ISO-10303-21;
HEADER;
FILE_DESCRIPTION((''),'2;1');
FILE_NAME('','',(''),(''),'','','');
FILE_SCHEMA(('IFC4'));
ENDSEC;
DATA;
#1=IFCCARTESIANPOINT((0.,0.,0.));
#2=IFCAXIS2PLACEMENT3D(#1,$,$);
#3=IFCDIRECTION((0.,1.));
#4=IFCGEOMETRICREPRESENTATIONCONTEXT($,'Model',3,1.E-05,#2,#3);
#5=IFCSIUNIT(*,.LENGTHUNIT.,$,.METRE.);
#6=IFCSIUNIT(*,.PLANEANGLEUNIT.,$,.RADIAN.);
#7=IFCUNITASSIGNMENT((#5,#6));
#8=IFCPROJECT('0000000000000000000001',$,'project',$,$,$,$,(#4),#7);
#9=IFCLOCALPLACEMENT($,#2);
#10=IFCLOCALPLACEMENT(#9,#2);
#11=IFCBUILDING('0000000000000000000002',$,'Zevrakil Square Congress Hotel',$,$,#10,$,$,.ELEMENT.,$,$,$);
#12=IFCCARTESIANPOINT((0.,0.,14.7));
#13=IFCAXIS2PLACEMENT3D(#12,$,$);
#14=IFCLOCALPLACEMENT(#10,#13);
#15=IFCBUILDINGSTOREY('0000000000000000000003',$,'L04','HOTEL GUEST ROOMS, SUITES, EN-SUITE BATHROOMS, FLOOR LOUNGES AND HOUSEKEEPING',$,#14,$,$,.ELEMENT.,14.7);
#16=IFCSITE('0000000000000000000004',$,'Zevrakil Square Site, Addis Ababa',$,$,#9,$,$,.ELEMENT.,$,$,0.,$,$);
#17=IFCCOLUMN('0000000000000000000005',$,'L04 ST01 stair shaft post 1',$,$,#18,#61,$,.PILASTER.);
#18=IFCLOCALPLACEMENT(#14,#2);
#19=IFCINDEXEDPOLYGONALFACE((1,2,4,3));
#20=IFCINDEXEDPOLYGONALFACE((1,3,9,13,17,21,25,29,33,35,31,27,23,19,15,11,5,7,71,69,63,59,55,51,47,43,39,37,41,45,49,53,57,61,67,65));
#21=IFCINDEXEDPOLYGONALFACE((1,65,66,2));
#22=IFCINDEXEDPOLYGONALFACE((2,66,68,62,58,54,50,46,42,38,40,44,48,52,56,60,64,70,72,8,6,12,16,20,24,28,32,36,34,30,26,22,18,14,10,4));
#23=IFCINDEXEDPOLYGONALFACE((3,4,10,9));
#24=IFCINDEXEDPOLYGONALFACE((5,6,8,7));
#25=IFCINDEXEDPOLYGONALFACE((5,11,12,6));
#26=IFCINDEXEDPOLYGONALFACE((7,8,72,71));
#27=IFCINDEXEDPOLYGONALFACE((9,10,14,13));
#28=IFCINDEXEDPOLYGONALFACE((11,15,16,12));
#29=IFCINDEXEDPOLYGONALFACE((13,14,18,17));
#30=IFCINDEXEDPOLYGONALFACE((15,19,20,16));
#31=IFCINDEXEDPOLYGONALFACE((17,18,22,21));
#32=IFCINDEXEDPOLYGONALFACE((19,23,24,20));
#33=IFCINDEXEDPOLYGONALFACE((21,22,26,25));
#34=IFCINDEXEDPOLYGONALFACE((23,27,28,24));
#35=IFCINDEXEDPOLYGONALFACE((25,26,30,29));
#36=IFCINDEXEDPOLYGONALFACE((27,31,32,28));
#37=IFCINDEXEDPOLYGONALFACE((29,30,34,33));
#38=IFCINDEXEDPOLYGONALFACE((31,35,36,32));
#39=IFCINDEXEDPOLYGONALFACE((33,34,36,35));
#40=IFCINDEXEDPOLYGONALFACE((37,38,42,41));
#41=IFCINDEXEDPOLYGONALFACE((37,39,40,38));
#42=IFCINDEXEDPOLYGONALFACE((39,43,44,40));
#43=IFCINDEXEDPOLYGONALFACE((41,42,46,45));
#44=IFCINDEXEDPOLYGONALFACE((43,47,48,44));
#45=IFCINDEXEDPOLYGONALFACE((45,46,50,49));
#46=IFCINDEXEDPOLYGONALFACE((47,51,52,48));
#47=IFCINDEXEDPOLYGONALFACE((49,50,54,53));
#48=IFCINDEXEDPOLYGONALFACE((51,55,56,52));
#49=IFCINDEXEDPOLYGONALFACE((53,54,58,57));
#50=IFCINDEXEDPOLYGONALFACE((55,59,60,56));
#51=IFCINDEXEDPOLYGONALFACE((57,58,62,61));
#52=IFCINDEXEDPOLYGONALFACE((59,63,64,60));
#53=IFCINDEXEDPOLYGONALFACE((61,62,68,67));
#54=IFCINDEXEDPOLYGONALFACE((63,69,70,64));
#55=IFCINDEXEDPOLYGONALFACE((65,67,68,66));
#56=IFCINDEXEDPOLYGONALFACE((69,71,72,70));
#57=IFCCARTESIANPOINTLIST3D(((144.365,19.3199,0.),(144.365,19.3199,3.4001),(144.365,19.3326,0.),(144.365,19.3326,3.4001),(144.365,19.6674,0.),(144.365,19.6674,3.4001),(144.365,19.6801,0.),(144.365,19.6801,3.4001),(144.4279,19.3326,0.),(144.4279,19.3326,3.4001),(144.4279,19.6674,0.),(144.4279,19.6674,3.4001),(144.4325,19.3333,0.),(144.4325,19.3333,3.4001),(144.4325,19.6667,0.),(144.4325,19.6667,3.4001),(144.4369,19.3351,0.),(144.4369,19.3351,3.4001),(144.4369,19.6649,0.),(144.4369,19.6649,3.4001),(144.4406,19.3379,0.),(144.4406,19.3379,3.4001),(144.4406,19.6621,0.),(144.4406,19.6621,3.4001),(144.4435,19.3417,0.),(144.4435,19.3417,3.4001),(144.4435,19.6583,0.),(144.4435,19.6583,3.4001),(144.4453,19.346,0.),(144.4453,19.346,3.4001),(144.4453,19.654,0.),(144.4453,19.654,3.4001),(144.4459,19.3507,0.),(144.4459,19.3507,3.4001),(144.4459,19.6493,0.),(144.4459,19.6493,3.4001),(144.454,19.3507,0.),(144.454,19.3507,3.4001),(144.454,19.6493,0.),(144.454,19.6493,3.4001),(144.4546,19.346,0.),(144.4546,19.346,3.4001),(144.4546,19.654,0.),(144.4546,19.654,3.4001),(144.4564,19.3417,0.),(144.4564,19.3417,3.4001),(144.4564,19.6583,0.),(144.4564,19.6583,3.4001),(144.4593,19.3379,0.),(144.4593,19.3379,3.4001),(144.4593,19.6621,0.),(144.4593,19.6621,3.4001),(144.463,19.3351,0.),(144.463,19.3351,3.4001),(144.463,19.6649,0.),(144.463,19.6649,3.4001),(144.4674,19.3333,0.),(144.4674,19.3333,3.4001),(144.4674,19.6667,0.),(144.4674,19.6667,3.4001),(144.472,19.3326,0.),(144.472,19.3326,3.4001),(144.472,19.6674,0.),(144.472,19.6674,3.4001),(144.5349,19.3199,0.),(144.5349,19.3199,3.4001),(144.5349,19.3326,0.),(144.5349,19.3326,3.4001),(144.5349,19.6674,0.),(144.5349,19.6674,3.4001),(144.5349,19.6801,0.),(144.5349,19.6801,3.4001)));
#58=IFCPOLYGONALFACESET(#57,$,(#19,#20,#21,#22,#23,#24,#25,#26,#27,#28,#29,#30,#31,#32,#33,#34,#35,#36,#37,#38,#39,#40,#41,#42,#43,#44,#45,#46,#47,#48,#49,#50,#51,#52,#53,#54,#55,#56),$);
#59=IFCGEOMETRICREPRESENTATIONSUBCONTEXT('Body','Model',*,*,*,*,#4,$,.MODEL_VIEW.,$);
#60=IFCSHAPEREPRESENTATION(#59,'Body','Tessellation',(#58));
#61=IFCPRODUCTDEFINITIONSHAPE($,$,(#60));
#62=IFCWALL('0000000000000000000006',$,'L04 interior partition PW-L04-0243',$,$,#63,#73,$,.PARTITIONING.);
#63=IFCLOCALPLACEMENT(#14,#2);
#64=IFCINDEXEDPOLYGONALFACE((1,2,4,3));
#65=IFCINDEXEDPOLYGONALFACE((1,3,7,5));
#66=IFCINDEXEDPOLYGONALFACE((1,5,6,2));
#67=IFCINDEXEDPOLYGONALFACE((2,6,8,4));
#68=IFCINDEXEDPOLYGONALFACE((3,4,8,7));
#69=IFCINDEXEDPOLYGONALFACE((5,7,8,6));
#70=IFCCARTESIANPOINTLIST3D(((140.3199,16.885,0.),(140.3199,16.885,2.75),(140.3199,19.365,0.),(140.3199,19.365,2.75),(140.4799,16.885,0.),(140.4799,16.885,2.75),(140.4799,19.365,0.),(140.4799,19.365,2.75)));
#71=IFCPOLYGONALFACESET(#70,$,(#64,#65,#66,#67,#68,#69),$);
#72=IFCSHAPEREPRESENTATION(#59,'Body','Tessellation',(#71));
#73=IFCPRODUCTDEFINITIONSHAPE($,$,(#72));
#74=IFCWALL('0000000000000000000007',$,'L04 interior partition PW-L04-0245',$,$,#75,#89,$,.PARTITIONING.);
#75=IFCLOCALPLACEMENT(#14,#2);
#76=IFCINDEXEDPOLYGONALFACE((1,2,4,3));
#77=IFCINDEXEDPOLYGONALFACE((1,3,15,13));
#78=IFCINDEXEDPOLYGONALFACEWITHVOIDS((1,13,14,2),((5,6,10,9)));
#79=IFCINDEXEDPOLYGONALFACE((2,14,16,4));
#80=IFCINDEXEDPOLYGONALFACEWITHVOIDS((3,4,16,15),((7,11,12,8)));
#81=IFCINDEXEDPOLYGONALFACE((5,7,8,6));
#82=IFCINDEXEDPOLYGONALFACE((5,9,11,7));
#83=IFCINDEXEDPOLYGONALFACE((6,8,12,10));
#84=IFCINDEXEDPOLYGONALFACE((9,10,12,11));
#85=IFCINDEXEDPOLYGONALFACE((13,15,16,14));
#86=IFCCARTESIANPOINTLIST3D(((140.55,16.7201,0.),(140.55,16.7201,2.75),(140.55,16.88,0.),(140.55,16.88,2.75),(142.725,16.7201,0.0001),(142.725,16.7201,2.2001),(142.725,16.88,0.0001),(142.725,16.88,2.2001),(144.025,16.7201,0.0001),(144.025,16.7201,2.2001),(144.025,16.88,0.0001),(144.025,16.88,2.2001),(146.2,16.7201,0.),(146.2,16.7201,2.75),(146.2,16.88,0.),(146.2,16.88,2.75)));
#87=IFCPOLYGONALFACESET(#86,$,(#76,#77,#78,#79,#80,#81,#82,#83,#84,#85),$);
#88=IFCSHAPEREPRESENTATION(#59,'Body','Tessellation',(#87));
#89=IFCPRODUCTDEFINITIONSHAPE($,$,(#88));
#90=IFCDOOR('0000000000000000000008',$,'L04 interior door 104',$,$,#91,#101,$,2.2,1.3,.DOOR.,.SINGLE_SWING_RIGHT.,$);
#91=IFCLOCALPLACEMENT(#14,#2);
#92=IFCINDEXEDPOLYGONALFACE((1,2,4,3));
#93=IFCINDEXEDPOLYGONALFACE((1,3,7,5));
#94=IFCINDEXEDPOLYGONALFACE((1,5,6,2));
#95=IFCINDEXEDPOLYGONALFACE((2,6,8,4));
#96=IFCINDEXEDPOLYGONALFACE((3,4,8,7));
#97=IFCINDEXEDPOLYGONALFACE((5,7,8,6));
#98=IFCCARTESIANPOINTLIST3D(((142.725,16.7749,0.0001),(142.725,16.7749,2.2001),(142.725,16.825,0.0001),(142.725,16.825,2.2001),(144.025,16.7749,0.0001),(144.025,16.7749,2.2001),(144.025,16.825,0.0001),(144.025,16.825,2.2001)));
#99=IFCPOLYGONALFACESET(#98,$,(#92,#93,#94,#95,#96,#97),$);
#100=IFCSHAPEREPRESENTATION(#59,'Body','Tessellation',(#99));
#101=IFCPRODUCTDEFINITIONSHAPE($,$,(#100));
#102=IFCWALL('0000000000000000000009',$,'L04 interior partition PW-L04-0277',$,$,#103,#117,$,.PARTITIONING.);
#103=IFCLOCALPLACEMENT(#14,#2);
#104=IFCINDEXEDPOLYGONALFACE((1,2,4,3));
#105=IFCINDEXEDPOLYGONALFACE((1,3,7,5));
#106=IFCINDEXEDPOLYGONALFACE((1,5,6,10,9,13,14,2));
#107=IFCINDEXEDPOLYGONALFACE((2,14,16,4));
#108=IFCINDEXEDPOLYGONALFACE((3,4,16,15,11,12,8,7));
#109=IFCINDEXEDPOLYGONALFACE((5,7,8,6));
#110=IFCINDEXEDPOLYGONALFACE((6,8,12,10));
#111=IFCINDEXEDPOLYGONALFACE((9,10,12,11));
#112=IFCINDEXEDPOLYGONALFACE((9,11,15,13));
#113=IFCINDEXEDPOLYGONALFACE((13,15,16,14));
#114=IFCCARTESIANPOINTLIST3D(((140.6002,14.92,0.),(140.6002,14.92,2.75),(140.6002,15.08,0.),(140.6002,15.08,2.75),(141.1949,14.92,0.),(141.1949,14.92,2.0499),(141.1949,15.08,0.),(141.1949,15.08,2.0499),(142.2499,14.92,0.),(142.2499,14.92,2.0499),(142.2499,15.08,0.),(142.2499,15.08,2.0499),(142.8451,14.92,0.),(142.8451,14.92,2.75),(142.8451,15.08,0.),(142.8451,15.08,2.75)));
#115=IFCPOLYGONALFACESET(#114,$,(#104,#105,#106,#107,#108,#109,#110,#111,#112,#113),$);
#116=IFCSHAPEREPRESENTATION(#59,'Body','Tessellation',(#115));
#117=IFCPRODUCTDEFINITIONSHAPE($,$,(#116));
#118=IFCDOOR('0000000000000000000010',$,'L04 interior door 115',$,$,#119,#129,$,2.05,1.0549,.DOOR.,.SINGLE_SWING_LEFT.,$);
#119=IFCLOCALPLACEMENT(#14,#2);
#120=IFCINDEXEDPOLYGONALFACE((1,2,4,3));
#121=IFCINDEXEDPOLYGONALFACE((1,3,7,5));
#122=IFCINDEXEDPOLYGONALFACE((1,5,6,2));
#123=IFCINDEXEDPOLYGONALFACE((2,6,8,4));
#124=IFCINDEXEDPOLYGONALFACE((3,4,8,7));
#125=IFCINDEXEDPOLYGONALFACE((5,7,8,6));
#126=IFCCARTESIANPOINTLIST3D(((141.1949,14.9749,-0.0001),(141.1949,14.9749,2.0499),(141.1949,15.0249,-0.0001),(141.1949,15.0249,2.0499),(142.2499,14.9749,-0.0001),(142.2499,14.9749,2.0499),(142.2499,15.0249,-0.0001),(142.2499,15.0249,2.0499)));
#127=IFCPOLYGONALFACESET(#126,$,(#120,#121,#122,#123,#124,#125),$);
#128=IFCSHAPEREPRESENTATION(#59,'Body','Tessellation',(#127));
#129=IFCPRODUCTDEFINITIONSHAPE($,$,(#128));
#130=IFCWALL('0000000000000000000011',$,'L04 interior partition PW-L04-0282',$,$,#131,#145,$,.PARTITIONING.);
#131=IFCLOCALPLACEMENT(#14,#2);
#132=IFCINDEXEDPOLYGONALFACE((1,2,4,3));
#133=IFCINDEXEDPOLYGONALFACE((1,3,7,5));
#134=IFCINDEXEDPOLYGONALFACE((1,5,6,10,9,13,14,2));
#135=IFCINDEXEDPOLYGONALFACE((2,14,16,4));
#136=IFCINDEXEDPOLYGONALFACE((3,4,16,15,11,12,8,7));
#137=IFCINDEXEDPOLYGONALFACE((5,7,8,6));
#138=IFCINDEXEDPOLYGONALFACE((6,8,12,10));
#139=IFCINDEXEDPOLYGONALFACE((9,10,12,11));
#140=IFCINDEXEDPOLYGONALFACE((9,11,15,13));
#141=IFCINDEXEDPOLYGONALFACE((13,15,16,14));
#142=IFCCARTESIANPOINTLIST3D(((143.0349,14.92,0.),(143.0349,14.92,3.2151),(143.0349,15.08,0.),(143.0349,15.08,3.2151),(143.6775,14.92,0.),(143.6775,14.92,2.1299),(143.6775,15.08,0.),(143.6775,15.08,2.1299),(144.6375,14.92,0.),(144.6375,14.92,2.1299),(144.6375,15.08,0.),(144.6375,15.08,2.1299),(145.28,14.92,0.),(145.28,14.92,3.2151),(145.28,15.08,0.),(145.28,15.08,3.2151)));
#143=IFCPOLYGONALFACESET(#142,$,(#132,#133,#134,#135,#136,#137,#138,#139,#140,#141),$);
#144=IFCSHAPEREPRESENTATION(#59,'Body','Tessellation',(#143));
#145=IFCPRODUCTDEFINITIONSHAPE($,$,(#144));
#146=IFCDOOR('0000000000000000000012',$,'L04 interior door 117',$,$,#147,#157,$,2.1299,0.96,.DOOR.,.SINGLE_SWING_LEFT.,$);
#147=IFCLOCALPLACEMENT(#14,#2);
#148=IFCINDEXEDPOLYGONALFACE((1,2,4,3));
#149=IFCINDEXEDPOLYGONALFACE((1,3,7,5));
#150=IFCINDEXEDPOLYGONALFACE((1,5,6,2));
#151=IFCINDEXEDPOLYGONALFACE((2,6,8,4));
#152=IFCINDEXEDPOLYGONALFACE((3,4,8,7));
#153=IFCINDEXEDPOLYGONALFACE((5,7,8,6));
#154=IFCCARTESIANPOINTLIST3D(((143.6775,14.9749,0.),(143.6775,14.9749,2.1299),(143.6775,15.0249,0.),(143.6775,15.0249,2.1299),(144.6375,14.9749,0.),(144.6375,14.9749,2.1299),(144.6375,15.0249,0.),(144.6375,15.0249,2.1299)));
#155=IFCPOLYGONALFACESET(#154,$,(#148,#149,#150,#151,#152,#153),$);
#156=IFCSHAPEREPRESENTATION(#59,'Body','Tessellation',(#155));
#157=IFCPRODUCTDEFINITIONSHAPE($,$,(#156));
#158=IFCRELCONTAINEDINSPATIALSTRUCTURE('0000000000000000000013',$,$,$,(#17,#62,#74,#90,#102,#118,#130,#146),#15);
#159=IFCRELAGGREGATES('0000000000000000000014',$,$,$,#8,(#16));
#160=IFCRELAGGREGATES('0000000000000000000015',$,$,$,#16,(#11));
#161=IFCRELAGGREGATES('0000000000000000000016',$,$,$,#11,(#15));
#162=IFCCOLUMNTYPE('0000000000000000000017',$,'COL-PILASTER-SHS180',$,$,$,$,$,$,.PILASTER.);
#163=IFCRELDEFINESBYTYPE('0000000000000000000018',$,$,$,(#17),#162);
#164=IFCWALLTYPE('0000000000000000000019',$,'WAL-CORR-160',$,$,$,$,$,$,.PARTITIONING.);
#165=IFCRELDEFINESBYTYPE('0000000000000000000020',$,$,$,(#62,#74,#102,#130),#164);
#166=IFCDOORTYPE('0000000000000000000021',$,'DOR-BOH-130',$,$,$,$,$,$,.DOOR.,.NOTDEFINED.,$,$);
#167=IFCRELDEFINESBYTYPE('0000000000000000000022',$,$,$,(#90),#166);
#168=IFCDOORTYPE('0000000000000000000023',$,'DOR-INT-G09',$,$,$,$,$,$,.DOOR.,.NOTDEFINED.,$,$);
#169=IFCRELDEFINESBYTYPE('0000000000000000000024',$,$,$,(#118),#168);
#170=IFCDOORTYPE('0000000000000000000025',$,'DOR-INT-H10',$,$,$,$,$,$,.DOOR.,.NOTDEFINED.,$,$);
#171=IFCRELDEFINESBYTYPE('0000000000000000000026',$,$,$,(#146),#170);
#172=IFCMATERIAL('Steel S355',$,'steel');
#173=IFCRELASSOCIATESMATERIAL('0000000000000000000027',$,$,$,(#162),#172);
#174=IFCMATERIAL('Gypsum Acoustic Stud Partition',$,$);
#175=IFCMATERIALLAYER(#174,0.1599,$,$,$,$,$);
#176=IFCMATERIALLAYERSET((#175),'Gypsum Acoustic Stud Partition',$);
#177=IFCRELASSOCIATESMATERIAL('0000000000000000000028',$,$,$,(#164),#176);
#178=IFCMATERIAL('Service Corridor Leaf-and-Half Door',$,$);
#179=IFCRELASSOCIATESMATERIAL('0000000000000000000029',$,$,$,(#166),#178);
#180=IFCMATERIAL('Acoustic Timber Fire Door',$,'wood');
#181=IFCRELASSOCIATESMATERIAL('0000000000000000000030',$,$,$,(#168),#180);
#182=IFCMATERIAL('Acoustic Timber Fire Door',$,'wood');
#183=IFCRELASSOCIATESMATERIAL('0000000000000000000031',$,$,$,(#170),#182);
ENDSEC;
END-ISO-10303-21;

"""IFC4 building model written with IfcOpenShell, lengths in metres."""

from ifc_helpers import new_model, si_unit, direction, frame, frame_2d, origin, origin_2d, place, context, subcontext, project, spatial, rectangle, i_section, extrude, material, layer, layer_set, material_profile, profile_set, type_object, element, fill, save


model = new_model("IFC4")

# Units and contexts
model_context = context("Model", 3, precision=1e-05, world=origin(), true_north=direction((0.0, 1.0)))
body_context = subcontext(model_context, "Body", "Model", "MODEL_VIEW")
ifc_project = project(units=[si_unit("LENGTHUNIT", "METRE"), si_unit("PLANEANGLEUNIT", "RADIAN")], contexts=[model_context])

# Site, building, storey
site_placement = place(None, origin())
site = spatial("IfcSite", under=ifc_project, at=site_placement, Name="Zevrakil Square Site, Addis Ababa", CompositionType="ELEMENT", RefElevation=0.0)
building_placement = place(site_placement, origin())
building = spatial("IfcBuilding", under=site, at=building_placement, Name="Zevrakil Square Congress Hotel", CompositionType="ELEMENT")
storey_placement = place(building_placement, frame((0.0, 0.0, 14.7)))
storey = spatial("IfcBuildingStorey", under=building, at=storey_placement, Name="L04", Description="HOTEL GUEST ROOMS, SUITES, EN-SUITE BATHROOMS, FLOOR LOUNGES AND HOUSEKEEPING", CompositionType="ELEMENT", Elevation=14.7)

# Column
ifc_material_1 = material(Name="Steel S355", Category="steel")
ifc_material_profile = material_profile(ifc_material_1, i_section(OverallWidth=0.1699, OverallDepth=0.3601, WebThickness=0.0081, FlangeThickness=0.0127, FilletRadius=0.0181, at=origin_2d()), Name="IPE 360")
ifc_profile_set = profile_set([ifc_material_profile], Name="Steel S355")
column_type = type_object("IfcColumnType", Name="COL-PILASTER-SHS180", PredefinedType="PILASTER", material=ifc_profile_set)
column_placement = place(storey_placement, frame((144.45, 19.5, 0.0), z_axis=(0.0, 0.0, 1.0), x_axis=(1.0, 0.0, 0.0)))
element("IfcColumn", 1, at=column_placement, inside=storey, type_object=column_type, Name="L04 ST01 stair shaft post 1", PredefinedType="PILASTER", context=body_context, shape_type="SweptSolid", body=[
    extrude(i_section(OverallWidth=0.1699, OverallDepth=0.3601, WebThickness=0.0081, FlangeThickness=0.0127, FilletRadius=0.0181, at=origin_2d()), origin(), (0.0, 0.0, 1.0), 3.4001),
])

# Wall
ifc_material_2 = material(Name="Gypsum Acoustic Stud Partition")
ifc_layer_1 = layer(ifc_material_2, 0.1599)
ifc_layer_set_1 = layer_set([ifc_layer_1], Name="Gypsum Acoustic Stud Partition")
wall_type = type_object("IfcWallType", Name="WAL-CORR-160", PredefinedType="PARTITIONING", material=ifc_layer_set_1)
wall_1_placement = place(storey_placement, frame((140.3999, 16.885, 0.0), z_axis=(0.0, 0.0, 1.0), x_axis=(0.0, 1.0, 0.0)))
element("IfcWall", 2, at=wall_1_placement, inside=storey, type_object=wall_type, Name="L04 interior partition PW-L04-0243", PredefinedType="PARTITIONING", context=body_context, shape_type="SweptSolid", body=[
    extrude(rectangle(XDim=2.48, YDim=0.1599, at=frame_2d((1.24, 0.0))), origin(), (0.0, 0.0, 1.0), 2.75),
])

# Walls, openings, doors
wall_2_placement = place(storey_placement, frame((140.55, 16.8, 0.0), z_axis=(0.0, 0.0, 1.0), x_axis=(1.0, 0.0, 0.0)))
wall_2 = element("IfcWall", 3, at=wall_2_placement, inside=storey, type_object=wall_type, Name="L04 interior partition PW-L04-0245", PredefinedType="PARTITIONING", context=body_context, shape_type="SweptSolid", body=[
    extrude(rectangle(XDim=5.6499, YDim=0.1599, at=frame_2d((2.825, 0.0))), origin(), (0.0, 0.0, 1.0), 2.75),
])
opening_1_placement = place(wall_2_placement, frame((2.175, 0.0, 0.0)))
opening_1 = element("IfcOpeningElement", 4, at=opening_1_placement, cuts=wall_2, PredefinedType="OPENING", context=body_context, shape_type="SweptSolid", body=[
    extrude(rectangle(XDim=1.3, YDim=2.2, at=frame_2d((0.6499, 1.1001))), frame((0.0, 0.0898, 0.0), z_axis=(0.0, -1.0, 0.0), x_axis=(1.0, 0.0, 0.0)), (0.0, 0.0, 1.0), 0.1799),
])
ifc_material_3 = material(Name="Service Corridor Leaf-and-Half Door")
door_type_1 = type_object("IfcDoorType", Name="DOR-BOH-130", OperationType="NOTDEFINED", PredefinedType="DOOR", material=ifc_material_3)
door_1_placement = place(opening_1_placement, origin())
door_1 = element("IfcDoor", 5, at=door_1_placement, inside=storey, type_object=door_type_1, Name="L04 interior door 104", OperationType="SINGLE_SWING_RIGHT", OverallHeight=2.2, OverallWidth=1.3, PredefinedType="DOOR", context=body_context, shape_type="SweptSolid", body=[
    extrude(rectangle(XDim=1.3, YDim=2.2, at=frame_2d((0.6499, 1.1001))), frame((0.0, 0.0249, 0.0), z_axis=(0.0, -1.0, 0.0), x_axis=(1.0, 0.0, 0.0)), (0.0, 0.0, 1.0), 0.05),
])
fill(opening_1, door_1)
wall_3_placement = place(storey_placement, frame((140.6001, 15.0, 0.0), z_axis=(0.0, 0.0, 1.0), x_axis=(1.0, 0.0, 0.0)))
wall_3 = element("IfcWall", 6, at=wall_3_placement, inside=storey, type_object=wall_type, Name="L04 interior partition PW-L04-0277", PredefinedType="PARTITIONING", context=body_context, shape_type="SweptSolid", body=[
    extrude(rectangle(XDim=2.2449, YDim=0.1599, at=frame_2d((1.1226, 0.0))), origin(), (0.0, 0.0, 1.0), 2.75),
])
opening_2_placement = place(wall_3_placement, frame((0.595, 0.0, 0.0)))
opening_2 = element("IfcOpeningElement", 7, at=opening_2_placement, cuts=wall_3, PredefinedType="OPENING", context=body_context, shape_type="SweptSolid", body=[
    extrude(rectangle(XDim=1.0549, YDim=2.05, at=frame_2d((0.5273, 1.0249))), frame((0.0, 0.0898, 0.0), z_axis=(0.0, -1.0, 0.0), x_axis=(1.0, 0.0, 0.0)), (0.0, 0.0, 1.0), 0.1799),
])
ifc_material_4 = material(Name="Acoustic Timber Fire Door", Category="wood")
door_type_2 = type_object("IfcDoorType", Name="DOR-INT-G09", OperationType="NOTDEFINED", PredefinedType="DOOR", material=ifc_material_4)
door_2_placement = place(opening_2_placement, origin())
door_2 = element("IfcDoor", 8, at=door_2_placement, inside=storey, type_object=door_type_2, Name="L04 interior door 115", OperationType="SINGLE_SWING_LEFT", OverallHeight=2.05, OverallWidth=1.0549, PredefinedType="DOOR", context=body_context, shape_type="SweptSolid", body=[
    extrude(rectangle(XDim=1.0549, YDim=2.05, at=frame_2d((0.5273, 1.0249))), frame((0.0, 0.0249, 0.0), z_axis=(0.0, -1.0, 0.0), x_axis=(1.0, 0.0, 0.0)), (0.0, 0.0, 1.0), 0.05),
])
fill(opening_2, door_2)
wall_4_placement = place(storey_placement, frame((143.0349, 15.0, 0.0), z_axis=(0.0, 0.0, 1.0), x_axis=(1.0, 0.0, 0.0)))
wall_4 = element("IfcWall", 9, at=wall_4_placement, inside=storey, type_object=wall_type, Name="L04 interior partition PW-L04-0282", PredefinedType="PARTITIONING", context=body_context, shape_type="SweptSolid", body=[
    extrude(rectangle(XDim=2.2451, YDim=0.1599, at=frame_2d((1.1226, 0.0))), origin(), (0.0, 0.0, 1.0), 3.2151),
])
opening_3_placement = place(wall_4_placement, frame((0.6426, 0.0, 0.0)))
opening_3 = element("IfcOpeningElement", 10, at=opening_3_placement, cuts=wall_4, PredefinedType="OPENING", context=body_context, shape_type="SweptSolid", body=[
    extrude(rectangle(XDim=0.96, YDim=2.1299, at=frame_2d((0.48, 1.0649))), frame((0.0, 0.0898, 0.0), z_axis=(0.0, -1.0, 0.0), x_axis=(1.0, 0.0, 0.0)), (0.0, 0.0, 1.0), 0.1799),
])
ifc_material_5 = material(Name="Acoustic Timber Fire Door", Category="wood")
door_type_3 = type_object("IfcDoorType", Name="DOR-INT-H10", OperationType="NOTDEFINED", PredefinedType="DOOR", material=ifc_material_5)
door_3_placement = place(opening_3_placement, origin())
door_3 = element("IfcDoor", 11, at=door_3_placement, inside=storey, type_object=door_type_3, Name="L04 interior door 117", OperationType="SINGLE_SWING_LEFT", OverallHeight=2.1299, OverallWidth=0.96, PredefinedType="DOOR", context=body_context, shape_type="SweptSolid", body=[
    extrude(rectangle(XDim=0.96, YDim=2.1299, at=frame_2d((0.48, 1.0649))), frame((0.0, 0.0249, 0.0), z_axis=(0.0, -1.0, 0.0), x_axis=(1.0, 0.0, 0.0)), (0.0, 0.0, 1.0), 0.05),
])
fill(opening_3, door_3)

save(model, "model.ifc")
